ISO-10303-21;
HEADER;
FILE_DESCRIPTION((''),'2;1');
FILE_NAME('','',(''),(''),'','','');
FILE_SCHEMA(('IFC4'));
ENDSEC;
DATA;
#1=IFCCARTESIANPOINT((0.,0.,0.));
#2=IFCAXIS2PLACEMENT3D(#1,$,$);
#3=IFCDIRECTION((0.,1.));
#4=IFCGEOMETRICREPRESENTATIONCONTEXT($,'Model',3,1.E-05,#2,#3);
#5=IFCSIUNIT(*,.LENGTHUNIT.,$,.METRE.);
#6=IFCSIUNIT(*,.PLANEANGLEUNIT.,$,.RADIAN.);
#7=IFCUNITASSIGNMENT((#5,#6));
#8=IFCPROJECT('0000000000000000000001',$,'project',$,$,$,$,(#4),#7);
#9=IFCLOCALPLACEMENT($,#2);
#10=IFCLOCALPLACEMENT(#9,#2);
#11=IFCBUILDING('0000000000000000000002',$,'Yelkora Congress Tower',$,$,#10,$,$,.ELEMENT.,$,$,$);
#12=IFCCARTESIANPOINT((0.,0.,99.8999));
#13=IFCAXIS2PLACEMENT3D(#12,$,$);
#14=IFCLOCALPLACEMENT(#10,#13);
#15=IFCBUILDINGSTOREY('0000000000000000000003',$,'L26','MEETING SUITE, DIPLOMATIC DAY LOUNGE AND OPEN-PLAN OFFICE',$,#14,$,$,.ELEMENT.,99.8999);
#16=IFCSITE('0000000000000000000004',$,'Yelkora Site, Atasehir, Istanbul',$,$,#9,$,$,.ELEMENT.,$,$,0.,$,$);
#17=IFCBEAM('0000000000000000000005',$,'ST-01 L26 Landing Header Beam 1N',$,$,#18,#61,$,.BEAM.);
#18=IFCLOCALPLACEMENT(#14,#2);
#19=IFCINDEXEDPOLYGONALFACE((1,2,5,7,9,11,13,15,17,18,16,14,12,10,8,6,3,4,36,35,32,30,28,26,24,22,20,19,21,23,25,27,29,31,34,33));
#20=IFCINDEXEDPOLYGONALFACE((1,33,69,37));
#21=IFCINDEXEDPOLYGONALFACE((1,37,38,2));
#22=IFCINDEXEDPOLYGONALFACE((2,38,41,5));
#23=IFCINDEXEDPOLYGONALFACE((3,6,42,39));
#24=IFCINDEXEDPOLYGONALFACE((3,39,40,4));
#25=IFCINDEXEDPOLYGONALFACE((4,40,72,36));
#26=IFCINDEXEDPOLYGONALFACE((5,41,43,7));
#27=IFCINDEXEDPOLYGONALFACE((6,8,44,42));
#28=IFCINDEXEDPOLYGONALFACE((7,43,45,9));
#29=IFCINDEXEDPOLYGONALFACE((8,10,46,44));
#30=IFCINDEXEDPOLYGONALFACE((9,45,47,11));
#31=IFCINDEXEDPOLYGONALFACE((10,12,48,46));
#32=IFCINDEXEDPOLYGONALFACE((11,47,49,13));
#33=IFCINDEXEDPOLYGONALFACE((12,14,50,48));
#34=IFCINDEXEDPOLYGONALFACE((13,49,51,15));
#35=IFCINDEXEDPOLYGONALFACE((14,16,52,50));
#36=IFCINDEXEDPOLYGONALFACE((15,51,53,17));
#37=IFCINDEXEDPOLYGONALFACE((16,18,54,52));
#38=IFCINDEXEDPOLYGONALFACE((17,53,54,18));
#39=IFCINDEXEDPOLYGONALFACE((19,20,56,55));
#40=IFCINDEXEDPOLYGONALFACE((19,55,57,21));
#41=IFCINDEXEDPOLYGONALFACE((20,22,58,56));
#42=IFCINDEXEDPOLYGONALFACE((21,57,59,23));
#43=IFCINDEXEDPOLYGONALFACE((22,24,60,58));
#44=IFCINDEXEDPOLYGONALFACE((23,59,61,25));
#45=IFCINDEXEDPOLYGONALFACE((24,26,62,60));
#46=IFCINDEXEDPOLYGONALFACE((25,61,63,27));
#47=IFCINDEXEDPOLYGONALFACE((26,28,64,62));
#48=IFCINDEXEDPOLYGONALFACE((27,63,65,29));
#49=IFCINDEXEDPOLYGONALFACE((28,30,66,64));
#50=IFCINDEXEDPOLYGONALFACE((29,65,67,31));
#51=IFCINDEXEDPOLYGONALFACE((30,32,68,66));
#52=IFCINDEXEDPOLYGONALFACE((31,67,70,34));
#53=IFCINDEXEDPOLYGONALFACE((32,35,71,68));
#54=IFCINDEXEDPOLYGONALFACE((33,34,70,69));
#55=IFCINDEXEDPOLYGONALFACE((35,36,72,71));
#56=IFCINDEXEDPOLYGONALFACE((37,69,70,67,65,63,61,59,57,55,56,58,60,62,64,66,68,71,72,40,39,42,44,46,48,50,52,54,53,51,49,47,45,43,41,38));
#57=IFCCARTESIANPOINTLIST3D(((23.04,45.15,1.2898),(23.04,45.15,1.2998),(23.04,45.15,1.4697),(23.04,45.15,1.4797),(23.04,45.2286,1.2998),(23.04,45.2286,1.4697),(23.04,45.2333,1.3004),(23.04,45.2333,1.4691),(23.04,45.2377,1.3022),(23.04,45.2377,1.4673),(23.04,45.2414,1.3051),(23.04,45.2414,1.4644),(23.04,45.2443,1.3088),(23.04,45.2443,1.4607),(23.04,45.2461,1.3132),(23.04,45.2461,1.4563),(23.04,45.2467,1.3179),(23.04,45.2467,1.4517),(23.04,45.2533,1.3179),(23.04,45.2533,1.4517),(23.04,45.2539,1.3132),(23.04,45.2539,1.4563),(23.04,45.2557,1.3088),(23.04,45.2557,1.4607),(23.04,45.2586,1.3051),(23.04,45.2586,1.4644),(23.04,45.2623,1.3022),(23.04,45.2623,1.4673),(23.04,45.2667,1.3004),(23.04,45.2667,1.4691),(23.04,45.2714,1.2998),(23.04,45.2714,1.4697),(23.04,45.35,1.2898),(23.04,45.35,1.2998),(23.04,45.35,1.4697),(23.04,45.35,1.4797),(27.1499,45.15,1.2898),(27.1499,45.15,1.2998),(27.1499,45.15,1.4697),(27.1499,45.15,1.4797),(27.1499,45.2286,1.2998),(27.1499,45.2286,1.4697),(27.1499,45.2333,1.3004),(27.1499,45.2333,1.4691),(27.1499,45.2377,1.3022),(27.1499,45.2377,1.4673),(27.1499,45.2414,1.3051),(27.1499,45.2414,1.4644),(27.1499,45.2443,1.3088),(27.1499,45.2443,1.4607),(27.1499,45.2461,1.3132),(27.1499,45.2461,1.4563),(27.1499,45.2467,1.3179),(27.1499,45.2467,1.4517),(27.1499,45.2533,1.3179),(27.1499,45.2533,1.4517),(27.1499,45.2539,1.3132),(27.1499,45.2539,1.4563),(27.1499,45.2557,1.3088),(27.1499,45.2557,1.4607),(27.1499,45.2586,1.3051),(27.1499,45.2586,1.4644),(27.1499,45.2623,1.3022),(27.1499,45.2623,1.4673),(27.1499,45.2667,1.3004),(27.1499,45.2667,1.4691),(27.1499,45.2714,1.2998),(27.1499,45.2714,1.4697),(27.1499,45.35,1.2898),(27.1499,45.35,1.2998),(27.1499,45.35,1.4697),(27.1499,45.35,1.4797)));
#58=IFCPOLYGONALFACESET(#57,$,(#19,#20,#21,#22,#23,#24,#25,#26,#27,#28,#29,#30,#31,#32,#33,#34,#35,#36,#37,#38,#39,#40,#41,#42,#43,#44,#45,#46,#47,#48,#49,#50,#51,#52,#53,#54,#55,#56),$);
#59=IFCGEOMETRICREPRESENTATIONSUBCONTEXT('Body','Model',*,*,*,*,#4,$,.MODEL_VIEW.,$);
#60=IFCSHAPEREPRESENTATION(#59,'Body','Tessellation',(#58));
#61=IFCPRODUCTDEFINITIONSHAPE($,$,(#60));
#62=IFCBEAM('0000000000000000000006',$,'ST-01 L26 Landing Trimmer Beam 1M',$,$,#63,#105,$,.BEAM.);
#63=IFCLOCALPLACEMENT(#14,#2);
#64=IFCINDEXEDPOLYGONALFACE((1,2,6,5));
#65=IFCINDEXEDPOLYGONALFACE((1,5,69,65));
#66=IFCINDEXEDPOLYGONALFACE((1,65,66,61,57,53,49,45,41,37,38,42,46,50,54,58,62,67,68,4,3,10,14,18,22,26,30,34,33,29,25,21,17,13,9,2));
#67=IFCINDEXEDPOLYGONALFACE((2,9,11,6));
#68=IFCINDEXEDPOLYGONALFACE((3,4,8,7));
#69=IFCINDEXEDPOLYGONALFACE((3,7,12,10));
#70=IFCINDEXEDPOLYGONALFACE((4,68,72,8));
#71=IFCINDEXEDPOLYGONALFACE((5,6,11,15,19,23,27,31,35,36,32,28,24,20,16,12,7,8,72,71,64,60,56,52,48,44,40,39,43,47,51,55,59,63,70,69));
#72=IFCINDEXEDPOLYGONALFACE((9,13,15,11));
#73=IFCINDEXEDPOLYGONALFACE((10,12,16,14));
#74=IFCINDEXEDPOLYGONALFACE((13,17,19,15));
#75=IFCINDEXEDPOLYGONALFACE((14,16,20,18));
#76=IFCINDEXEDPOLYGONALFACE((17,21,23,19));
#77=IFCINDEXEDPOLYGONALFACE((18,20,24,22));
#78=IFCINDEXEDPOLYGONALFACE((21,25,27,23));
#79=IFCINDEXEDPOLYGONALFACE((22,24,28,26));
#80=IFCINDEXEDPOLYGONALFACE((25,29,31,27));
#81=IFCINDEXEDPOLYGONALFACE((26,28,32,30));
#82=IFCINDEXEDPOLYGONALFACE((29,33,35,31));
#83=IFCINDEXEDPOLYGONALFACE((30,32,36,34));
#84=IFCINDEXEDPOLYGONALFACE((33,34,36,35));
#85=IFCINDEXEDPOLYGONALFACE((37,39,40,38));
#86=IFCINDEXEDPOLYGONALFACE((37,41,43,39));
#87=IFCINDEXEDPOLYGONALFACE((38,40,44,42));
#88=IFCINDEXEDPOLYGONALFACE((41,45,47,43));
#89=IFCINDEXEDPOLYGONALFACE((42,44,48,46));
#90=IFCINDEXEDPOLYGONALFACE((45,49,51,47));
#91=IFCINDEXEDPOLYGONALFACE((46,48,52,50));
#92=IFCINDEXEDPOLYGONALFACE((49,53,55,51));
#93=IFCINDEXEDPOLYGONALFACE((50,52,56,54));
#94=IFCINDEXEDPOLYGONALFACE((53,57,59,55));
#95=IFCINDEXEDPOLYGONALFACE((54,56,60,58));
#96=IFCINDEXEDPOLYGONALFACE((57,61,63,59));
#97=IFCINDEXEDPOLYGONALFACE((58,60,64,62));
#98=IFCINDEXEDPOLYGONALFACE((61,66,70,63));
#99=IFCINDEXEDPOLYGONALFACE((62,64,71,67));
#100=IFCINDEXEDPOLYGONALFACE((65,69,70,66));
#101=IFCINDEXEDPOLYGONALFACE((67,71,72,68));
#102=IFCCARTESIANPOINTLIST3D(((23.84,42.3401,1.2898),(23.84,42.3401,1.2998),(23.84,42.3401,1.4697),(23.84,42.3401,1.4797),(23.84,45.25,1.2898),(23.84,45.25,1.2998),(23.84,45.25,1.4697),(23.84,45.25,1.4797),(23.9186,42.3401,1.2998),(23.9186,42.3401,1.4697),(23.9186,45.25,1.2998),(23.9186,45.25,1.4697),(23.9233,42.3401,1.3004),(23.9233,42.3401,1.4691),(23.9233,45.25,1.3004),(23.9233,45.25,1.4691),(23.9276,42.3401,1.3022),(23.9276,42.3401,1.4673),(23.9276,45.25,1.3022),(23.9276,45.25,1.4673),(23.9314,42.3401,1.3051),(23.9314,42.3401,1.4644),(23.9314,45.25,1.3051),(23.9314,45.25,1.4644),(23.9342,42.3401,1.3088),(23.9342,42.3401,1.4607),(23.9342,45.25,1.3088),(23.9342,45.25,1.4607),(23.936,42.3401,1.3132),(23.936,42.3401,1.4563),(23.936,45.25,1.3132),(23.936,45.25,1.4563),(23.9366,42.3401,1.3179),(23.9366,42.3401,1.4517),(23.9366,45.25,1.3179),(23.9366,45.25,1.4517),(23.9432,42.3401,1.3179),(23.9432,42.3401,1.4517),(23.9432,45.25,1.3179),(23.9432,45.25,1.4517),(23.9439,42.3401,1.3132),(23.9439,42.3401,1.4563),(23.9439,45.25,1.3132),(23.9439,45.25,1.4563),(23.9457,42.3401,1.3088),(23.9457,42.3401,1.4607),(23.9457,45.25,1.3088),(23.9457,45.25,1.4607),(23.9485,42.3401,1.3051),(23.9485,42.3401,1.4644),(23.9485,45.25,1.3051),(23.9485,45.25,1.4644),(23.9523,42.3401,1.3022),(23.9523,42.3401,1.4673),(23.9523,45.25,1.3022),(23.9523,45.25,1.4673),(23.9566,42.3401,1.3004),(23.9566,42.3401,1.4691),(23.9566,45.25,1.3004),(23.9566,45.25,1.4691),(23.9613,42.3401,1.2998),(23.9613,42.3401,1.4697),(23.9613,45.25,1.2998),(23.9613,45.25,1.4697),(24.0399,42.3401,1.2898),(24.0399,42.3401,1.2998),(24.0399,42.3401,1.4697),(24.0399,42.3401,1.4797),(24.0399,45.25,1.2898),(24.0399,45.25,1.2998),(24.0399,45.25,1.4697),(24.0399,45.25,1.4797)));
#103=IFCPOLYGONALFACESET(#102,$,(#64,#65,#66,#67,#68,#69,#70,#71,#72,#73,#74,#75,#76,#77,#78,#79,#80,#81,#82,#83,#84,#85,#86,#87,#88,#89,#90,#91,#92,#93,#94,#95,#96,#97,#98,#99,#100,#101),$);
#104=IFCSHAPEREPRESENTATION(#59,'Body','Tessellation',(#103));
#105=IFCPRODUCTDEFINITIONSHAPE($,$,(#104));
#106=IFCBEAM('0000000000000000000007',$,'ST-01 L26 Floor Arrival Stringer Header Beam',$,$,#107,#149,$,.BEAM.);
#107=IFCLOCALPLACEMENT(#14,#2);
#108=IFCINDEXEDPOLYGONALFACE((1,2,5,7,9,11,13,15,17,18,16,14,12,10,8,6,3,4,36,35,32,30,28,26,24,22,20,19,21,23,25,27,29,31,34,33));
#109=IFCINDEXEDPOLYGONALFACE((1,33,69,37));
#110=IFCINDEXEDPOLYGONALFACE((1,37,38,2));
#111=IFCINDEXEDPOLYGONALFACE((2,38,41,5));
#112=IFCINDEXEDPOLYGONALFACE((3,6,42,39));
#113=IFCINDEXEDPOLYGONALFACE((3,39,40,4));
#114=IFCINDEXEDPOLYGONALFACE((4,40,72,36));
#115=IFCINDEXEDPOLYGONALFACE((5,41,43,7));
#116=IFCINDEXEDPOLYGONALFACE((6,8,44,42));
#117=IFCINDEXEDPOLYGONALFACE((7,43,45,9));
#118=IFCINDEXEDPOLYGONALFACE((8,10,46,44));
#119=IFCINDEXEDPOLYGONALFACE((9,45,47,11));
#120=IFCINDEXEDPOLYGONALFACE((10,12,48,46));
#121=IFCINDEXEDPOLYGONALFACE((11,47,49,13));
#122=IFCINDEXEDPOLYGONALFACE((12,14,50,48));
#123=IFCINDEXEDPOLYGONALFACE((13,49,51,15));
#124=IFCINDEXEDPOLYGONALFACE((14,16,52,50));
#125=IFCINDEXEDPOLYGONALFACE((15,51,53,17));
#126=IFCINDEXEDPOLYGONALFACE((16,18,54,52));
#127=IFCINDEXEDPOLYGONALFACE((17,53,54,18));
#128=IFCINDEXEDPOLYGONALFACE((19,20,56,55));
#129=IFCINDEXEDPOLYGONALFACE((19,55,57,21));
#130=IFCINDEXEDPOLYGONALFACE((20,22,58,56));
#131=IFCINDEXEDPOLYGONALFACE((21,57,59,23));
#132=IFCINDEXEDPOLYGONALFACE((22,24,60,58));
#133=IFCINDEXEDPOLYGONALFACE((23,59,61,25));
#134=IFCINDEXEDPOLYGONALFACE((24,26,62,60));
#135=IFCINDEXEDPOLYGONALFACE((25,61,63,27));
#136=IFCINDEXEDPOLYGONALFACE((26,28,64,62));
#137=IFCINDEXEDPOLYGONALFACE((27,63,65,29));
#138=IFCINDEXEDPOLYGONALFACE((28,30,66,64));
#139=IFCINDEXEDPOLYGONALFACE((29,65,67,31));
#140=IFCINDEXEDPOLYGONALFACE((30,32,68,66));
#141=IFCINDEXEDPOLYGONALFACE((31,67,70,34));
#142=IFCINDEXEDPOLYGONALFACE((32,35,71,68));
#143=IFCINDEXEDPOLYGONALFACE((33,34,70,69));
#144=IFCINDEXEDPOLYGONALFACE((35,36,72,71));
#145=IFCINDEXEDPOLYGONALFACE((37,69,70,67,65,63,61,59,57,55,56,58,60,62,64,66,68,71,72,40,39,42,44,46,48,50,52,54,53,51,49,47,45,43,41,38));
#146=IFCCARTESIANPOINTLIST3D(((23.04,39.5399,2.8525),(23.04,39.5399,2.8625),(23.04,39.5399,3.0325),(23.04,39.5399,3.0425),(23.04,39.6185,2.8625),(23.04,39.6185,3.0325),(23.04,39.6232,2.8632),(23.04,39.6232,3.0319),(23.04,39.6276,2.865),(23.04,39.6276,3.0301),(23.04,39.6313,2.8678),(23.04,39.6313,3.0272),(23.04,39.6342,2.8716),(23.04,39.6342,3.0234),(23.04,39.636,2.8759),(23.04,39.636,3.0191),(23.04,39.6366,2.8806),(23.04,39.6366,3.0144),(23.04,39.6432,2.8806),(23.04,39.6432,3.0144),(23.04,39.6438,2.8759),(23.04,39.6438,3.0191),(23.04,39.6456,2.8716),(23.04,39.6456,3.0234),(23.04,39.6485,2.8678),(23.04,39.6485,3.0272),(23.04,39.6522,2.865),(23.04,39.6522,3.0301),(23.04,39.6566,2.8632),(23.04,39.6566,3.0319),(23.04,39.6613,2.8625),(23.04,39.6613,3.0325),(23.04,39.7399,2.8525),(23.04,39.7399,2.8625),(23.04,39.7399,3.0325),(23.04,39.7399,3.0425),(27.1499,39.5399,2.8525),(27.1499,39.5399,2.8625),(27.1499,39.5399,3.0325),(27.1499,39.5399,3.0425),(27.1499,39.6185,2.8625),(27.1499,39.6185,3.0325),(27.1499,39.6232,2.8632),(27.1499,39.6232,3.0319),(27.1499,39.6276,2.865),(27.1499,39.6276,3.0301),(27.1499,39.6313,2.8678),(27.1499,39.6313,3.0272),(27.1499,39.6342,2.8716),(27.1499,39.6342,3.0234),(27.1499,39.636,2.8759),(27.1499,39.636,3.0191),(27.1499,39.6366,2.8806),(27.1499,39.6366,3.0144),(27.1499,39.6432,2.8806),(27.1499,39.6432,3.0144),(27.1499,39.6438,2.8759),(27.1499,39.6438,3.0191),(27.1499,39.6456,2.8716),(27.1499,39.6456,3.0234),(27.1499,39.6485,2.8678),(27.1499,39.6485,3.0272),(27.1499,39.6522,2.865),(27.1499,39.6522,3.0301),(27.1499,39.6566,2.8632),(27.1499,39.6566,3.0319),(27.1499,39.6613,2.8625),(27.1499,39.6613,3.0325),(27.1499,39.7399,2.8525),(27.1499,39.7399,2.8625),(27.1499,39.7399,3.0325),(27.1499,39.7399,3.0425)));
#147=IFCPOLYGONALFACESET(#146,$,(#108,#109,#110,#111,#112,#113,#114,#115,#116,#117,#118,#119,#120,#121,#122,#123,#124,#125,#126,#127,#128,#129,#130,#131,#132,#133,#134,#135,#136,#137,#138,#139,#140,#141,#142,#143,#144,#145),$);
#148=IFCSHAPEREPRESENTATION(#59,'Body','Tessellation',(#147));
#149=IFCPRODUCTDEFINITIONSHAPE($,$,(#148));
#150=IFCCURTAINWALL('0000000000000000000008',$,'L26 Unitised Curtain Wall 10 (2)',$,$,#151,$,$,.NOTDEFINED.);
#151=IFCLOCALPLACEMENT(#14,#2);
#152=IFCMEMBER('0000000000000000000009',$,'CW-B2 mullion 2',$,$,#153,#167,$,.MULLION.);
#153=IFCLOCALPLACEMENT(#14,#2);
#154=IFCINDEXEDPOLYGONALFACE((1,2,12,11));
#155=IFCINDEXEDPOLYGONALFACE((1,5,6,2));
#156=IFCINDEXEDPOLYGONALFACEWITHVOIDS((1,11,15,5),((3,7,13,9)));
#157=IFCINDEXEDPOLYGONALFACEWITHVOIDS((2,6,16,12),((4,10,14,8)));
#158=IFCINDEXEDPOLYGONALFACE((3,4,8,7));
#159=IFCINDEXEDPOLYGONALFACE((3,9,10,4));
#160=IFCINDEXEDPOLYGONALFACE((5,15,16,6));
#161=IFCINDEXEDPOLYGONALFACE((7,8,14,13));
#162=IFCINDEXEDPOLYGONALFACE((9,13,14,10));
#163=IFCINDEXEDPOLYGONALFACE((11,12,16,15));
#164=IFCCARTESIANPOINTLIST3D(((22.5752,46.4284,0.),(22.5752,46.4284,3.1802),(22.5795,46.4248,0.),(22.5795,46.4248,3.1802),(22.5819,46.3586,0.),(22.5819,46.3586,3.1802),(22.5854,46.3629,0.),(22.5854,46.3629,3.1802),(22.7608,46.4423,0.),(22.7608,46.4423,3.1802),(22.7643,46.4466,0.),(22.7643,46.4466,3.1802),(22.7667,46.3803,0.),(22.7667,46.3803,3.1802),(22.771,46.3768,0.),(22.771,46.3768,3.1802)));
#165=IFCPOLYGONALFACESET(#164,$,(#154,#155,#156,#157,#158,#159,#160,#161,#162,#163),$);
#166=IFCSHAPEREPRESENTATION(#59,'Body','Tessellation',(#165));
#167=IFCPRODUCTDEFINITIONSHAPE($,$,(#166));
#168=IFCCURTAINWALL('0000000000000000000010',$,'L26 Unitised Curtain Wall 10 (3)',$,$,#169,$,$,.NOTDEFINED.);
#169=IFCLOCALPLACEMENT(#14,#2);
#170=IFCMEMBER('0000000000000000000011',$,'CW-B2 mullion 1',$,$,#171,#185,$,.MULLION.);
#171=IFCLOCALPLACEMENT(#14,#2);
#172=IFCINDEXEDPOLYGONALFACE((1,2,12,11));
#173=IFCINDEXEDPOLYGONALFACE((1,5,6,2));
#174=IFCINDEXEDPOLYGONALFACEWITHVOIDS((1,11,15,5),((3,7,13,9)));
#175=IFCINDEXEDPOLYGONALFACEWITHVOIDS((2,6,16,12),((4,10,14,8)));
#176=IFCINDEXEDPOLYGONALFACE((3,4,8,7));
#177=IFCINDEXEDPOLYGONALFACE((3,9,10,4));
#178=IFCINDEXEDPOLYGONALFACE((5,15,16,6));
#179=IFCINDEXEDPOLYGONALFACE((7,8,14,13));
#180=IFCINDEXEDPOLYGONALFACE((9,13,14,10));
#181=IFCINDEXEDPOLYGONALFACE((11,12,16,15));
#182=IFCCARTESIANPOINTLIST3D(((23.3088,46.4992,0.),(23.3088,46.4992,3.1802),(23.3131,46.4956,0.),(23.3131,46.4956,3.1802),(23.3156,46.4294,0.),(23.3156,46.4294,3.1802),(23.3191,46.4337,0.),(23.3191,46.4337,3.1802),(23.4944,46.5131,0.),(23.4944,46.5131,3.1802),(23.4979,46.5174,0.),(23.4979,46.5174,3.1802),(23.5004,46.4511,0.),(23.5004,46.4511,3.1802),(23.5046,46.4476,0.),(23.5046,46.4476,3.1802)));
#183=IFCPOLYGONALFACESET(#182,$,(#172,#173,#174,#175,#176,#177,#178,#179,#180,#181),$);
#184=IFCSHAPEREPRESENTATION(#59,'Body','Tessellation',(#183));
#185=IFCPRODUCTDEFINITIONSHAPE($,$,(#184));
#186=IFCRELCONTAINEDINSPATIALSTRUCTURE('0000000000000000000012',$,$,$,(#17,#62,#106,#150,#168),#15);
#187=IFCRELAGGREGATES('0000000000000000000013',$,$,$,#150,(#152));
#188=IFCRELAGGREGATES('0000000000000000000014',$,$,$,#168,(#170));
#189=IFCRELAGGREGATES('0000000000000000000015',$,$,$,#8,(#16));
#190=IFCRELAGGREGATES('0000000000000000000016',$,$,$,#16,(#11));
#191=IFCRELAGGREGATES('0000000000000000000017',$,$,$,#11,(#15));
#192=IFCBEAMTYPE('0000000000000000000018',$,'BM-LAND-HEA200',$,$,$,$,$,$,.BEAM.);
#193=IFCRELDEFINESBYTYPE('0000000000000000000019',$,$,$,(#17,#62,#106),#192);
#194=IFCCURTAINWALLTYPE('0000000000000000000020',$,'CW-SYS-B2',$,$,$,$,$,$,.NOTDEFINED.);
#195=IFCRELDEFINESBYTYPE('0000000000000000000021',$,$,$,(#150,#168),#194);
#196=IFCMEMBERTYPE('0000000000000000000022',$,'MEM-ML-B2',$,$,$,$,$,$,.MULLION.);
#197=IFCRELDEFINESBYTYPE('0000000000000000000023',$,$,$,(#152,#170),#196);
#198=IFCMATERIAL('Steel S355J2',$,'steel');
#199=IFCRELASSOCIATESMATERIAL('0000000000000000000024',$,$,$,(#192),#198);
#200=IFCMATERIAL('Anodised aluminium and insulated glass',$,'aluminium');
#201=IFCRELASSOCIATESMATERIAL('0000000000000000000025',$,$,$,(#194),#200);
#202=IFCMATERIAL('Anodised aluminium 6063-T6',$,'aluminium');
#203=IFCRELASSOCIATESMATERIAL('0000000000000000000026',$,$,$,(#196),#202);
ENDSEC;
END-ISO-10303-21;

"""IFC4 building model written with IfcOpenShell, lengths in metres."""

from ifc_helpers import new_model, si_unit, direction, frame, origin, origin_2d, place, context, subcontext, project, spatial, hollow_rectangle, i_section, extrude, material, material_profile, profile_set, type_object, element, aggregate, save


model = new_model("IFC4")

# Units and contexts
model_context = context("Model", 3, precision=1e-05, world=origin(), true_north=direction((0.0, 1.0)))
body_context = subcontext(model_context, "Body", "Model", "MODEL_VIEW")
ifc_project = project(units=[si_unit("LENGTHUNIT", "METRE"), si_unit("PLANEANGLEUNIT", "RADIAN")], contexts=[model_context])

# Site, building, storey
site_placement = place(None, origin())
site = spatial("IfcSite", under=ifc_project, at=site_placement, Name="Yelkora Site, Atasehir, Istanbul", CompositionType="ELEMENT", RefElevation=0.0)
building_placement = place(site_placement, origin())
building = spatial("IfcBuilding", under=site, at=building_placement, Name="Yelkora Congress Tower", CompositionType="ELEMENT")
storey_placement = place(building_placement, frame((0.0, 0.0, 99.8999)))
storey = spatial("IfcBuildingStorey", under=building, at=storey_placement, Name="L26", Description="MEETING SUITE, DIPLOMATIC DAY LOUNGE AND OPEN-PLAN OFFICE", CompositionType="ELEMENT", Elevation=99.8999)

# Beams
ifc_material_1 = material(Name="Steel S355J2", Category="steel")
ifc_material_profile_1 = material_profile(ifc_material_1, i_section(OverallWidth=0.2, OverallDepth=0.1899, WebThickness=0.0066, FlangeThickness=0.01, FilletRadius=0.0181, at=origin_2d()), Name="HEA 200")
ifc_profile_set_1 = profile_set([ifc_material_profile_1], Name="Steel S355J2")
beam_type_1 = type_object("IfcBeamType", Name="BM-LAND-HEA200", PredefinedType="BEAM", material=ifc_profile_set_1)
for number, where, z_axis, x_axis, name in (
    (1, (23.04, 45.25, 1.3848), (1.0, 0.0, 0.0), (0.0, 1.0, 0.0), "ST-01 L26 Landing Header Beam 1N"),
):
    element("IfcBeam", number, at=place(storey_placement, frame(where, z_axis=z_axis, x_axis=x_axis)), inside=storey, type_object=beam_type_1, Name=name, PredefinedType="BEAM", context=body_context, shape_type="SweptSolid", body=[
        extrude(i_section(OverallWidth=0.2, OverallDepth=0.1899, WebThickness=0.0066, FlangeThickness=0.01, FilletRadius=0.0181, at=origin_2d()), origin(), (0.0, 0.0, 1.0), 4.1099),
    ])
beam_1_placement = place(storey_placement, frame((23.9399, 42.3401, 1.3848), z_axis=(0.0, 1.0, 0.0), x_axis=(-1.0, 0.0, 0.0)))
element("IfcBeam", 2, at=beam_1_placement, inside=storey, type_object=beam_type_1, Name="ST-01 L26 Landing Trimmer Beam 1M", PredefinedType="BEAM", context=body_context, shape_type="SweptSolid", body=[
    extrude(i_section(OverallWidth=0.2, OverallDepth=0.1899, WebThickness=0.0066, FlangeThickness=0.01, FilletRadius=0.0181, at=origin_2d()), origin(), (0.0, 0.0, 1.0), 2.9099),
])
beam_2_placement = place(storey_placement, frame((23.04, 39.6399, 2.9475), z_axis=(1.0, 0.0, 0.0), x_axis=(0.0, 1.0, 0.0)))
element("IfcBeam", 3, at=beam_2_placement, inside=storey, type_object=beam_type_1, Name="ST-01 L26 Floor Arrival Stringer Header Beam", PredefinedType="BEAM", context=body_context, shape_type="SweptSolid", body=[
    extrude(i_section(OverallWidth=0.2, OverallDepth=0.1899, WebThickness=0.0066, FlangeThickness=0.01, FilletRadius=0.0181, at=origin_2d()), origin(), (0.0, 0.0, 1.0), 4.1099),
])

# Curtain wall, member
ifc_material_2 = material(Name="Anodised aluminium and insulated glass", Category="aluminium")
curtain_wall_type = type_object("IfcCurtainWallType", Name="CW-SYS-B2", PredefinedType="NOTDEFINED", material=ifc_material_2)
curtain_wall_1_placement = place(storey_placement, origin())
curtain_wall_1 = element("IfcCurtainWall", 4, at=curtain_wall_1_placement, inside=storey, type_object=curtain_wall_type, Name="L26 Unitised Curtain Wall 10 (2)", PredefinedType="NOTDEFINED")
ifc_material_3 = material(Name="Anodised aluminium 6063-T6", Category="aluminium")
ifc_material_profile_2 = material_profile(ifc_material_3, hollow_rectangle(XDim=0.0701, YDim=0.1899, WallThickness=0.0039, at=origin_2d()), Name="ALU 70x190x4")
ifc_profile_set_2 = profile_set([ifc_material_profile_2], Name="Anodised aluminium 6063-T6")
member_type_1 = type_object("IfcMemberType", Name="MEM-ML-B2", PredefinedType="MULLION", material=ifc_profile_set_2)
member_1_placement = place(storey_placement, frame((22.6731, 46.4026, 0.0), z_axis=(0.0, 0.0, 1.0), x_axis=(-0.095841, 0.995397, 0.0)))
member_1 = element("IfcMember", 5, at=member_1_placement, type_object=member_type_1, Name="CW-B2 mullion 2", PredefinedType="MULLION", context=body_context, shape_type="SweptSolid", body=[
    extrude(hollow_rectangle(XDim=0.0701, YDim=0.1899, WallThickness=0.0039, at=origin_2d()), origin(), (0.0, 0.0, 1.0), 3.1802),
])
aggregate(curtain_wall_1, [member_1])

# Curtain wall, member
curtain_wall_2_placement = place(storey_placement, origin())
curtain_wall_2 = element("IfcCurtainWall", 6, at=curtain_wall_2_placement, inside=storey, type_object=curtain_wall_type, Name="L26 Unitised Curtain Wall 10 (3)", PredefinedType="NOTDEFINED")
member_2_placement = place(storey_placement, frame((23.4067, 46.4734, 0.0), z_axis=(0.0, 0.0, 1.0), x_axis=(-0.095844, 0.995396, 0.0)))
member_2 = element("IfcMember", 7, at=member_2_placement, type_object=member_type_1, Name="CW-B2 mullion 1", PredefinedType="MULLION", context=body_context, shape_type="SweptSolid", body=[
    extrude(hollow_rectangle(XDim=0.0701, YDim=0.1899, WallThickness=0.0039, at=origin_2d()), origin(), (0.0, 0.0, 1.0), 3.1802),
])
aggregate(curtain_wall_2, [member_2])

save(model, "model.ifc")
